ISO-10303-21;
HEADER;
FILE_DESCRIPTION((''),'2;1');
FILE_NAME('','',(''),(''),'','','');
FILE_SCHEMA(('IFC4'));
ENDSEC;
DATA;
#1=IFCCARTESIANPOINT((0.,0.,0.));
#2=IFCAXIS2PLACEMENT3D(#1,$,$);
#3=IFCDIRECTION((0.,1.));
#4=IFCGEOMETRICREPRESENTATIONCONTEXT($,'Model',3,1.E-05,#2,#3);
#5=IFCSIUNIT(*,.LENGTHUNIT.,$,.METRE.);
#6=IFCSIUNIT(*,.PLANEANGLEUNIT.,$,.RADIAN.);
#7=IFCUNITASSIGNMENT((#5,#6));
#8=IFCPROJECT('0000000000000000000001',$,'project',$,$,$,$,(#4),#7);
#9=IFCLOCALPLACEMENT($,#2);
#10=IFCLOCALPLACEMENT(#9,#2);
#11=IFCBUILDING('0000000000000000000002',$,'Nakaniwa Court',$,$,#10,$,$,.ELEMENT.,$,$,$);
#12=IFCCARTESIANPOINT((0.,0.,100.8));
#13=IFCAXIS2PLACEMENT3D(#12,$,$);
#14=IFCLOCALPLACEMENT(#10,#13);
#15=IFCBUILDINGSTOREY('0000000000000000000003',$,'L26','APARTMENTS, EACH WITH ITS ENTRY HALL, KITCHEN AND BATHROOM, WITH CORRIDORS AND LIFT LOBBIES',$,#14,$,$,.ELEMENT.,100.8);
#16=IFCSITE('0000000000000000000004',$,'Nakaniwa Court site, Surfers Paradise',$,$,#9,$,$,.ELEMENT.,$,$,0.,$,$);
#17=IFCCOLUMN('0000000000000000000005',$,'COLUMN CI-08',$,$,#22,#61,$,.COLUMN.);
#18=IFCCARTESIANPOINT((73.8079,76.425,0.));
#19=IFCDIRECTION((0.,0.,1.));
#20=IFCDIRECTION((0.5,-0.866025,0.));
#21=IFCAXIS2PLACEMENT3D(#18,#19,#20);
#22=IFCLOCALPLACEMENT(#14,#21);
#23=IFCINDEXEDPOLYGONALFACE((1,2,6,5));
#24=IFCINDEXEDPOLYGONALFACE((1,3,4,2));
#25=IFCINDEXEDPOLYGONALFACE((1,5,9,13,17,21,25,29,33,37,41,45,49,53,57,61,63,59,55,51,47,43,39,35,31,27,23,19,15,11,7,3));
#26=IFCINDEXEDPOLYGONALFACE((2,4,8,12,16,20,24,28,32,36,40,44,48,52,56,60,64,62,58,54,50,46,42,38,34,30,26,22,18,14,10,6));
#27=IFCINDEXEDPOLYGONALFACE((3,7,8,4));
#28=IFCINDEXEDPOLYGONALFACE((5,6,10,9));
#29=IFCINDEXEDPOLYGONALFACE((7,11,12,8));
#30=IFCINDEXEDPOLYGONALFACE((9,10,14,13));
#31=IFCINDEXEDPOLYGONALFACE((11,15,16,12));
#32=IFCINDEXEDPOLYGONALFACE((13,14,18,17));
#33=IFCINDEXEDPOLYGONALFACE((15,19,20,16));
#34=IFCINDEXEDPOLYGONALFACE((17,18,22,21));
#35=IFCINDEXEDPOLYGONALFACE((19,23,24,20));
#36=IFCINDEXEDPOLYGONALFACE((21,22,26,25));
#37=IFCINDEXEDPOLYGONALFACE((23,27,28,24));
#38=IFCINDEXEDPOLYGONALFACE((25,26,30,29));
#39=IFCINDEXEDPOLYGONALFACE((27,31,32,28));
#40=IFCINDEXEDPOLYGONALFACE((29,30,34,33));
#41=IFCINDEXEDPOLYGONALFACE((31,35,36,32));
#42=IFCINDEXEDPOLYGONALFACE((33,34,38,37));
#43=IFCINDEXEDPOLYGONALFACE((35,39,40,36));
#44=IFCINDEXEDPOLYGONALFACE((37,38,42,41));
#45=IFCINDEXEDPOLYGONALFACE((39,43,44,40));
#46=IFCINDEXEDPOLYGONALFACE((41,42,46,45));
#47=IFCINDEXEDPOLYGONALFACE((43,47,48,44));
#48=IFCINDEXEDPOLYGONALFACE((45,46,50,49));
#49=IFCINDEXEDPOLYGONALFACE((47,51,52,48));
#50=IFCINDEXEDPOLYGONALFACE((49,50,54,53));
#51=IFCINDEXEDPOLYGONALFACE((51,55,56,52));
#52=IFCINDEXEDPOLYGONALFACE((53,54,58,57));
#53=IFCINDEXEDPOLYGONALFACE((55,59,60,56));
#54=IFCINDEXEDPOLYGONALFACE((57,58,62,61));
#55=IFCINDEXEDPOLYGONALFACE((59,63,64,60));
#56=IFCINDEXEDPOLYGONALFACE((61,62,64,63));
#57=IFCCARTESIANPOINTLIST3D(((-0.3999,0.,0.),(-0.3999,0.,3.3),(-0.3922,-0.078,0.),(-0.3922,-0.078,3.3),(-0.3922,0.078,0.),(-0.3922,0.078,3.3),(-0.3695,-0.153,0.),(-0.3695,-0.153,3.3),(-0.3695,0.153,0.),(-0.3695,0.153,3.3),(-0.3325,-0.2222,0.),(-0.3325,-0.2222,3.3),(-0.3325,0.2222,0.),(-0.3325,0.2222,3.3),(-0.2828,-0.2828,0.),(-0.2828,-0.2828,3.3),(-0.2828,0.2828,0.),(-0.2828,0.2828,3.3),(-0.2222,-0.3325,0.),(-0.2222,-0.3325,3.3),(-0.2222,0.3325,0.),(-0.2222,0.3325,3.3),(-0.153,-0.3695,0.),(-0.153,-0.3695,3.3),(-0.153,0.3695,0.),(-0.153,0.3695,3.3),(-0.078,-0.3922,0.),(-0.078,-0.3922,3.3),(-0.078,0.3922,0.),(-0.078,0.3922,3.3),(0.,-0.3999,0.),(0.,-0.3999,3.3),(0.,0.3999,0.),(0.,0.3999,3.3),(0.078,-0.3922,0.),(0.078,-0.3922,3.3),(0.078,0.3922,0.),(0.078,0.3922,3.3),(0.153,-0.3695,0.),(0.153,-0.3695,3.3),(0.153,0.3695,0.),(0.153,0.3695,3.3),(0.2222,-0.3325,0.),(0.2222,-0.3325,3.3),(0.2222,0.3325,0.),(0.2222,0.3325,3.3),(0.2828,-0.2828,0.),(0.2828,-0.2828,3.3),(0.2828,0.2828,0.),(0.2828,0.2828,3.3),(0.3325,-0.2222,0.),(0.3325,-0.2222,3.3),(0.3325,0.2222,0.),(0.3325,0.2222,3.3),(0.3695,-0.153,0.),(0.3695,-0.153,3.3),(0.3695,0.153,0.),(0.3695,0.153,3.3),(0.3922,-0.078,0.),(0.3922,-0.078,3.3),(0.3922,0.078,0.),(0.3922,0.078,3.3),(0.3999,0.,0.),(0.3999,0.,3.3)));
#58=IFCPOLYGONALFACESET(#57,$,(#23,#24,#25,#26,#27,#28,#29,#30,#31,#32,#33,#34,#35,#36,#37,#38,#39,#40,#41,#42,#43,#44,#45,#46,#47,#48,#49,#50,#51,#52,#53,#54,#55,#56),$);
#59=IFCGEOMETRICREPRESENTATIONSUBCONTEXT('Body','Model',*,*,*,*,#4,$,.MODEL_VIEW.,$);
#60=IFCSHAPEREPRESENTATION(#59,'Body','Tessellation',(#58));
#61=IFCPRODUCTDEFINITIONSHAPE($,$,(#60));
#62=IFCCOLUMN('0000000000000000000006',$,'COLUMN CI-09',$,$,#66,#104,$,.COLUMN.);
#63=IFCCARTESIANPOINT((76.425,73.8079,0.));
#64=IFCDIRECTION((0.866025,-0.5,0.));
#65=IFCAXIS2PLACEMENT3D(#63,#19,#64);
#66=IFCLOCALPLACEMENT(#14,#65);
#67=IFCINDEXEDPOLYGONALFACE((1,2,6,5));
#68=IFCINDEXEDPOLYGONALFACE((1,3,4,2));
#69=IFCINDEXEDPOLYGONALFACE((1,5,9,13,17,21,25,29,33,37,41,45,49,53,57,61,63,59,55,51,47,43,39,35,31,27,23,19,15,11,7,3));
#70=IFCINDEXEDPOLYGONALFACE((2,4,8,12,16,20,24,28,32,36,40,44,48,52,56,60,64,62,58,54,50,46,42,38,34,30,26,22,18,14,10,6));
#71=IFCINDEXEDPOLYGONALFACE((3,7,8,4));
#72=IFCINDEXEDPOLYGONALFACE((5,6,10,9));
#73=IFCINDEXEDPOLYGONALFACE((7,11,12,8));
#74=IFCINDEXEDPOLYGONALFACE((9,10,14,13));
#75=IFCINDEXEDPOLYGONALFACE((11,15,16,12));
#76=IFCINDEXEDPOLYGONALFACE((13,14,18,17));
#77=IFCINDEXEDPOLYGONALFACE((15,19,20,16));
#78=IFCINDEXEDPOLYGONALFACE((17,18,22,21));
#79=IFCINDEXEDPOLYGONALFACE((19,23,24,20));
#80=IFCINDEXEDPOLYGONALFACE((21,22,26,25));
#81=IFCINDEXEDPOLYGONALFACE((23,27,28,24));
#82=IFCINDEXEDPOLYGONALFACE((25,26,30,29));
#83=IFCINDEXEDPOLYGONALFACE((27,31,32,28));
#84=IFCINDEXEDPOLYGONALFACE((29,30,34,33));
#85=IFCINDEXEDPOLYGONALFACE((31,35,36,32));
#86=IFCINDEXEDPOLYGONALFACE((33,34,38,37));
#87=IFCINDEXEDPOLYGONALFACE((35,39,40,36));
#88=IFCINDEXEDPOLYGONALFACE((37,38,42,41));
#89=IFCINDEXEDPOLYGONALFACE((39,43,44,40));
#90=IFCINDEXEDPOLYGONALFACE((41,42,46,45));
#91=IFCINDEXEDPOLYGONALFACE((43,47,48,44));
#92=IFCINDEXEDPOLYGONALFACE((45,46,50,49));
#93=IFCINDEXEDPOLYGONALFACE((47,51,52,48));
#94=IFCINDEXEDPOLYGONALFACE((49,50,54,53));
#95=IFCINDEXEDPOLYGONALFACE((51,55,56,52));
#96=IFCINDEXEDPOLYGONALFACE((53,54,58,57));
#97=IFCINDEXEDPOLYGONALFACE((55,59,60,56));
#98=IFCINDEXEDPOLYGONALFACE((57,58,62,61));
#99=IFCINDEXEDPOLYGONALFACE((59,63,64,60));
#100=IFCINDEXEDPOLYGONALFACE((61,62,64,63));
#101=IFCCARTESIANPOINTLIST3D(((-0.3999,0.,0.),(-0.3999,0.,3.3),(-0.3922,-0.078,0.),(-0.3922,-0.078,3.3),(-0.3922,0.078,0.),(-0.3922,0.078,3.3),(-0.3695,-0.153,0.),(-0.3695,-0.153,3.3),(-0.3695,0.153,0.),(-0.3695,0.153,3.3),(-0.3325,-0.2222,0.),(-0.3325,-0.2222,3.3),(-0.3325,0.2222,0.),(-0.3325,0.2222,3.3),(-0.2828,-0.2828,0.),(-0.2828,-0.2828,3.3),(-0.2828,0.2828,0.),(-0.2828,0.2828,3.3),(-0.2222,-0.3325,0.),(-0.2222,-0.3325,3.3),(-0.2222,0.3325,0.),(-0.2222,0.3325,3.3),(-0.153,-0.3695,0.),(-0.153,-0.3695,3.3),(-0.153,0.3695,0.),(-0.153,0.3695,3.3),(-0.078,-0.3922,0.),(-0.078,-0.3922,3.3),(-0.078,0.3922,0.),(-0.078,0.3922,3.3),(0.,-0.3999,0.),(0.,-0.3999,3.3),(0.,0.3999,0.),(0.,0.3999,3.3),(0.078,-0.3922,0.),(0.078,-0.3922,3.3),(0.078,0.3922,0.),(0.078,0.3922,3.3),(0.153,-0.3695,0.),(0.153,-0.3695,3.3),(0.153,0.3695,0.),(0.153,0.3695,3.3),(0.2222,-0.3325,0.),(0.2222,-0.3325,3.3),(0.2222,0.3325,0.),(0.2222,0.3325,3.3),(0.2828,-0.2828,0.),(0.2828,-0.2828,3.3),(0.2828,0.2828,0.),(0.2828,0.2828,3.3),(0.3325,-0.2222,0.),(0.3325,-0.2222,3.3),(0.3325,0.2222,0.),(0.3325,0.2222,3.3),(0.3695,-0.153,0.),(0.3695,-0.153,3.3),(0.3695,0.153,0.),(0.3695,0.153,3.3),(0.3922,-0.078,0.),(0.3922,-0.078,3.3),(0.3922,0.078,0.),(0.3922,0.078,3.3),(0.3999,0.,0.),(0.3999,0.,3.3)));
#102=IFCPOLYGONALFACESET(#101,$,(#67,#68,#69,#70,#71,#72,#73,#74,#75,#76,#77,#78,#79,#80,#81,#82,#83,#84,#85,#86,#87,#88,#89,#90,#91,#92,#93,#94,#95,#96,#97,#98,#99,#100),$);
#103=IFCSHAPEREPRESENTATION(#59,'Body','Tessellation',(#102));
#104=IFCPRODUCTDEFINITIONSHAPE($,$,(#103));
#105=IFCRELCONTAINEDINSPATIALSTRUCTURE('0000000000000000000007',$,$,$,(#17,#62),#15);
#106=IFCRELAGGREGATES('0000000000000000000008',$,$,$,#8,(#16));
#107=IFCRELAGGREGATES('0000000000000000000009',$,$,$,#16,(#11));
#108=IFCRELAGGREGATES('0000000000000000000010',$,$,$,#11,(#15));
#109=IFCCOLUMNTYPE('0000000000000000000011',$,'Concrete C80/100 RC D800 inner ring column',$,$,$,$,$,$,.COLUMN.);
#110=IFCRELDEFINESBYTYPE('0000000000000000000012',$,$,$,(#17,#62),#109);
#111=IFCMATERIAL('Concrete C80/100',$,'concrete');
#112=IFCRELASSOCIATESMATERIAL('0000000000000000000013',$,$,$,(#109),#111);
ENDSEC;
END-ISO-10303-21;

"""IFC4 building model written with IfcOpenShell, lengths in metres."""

from ifc_helpers import new_model, si_unit, direction, frame, origin, origin_2d, place, context, subcontext, project, spatial, circle, extrude, material, material_profile, profile_set, type_object, element, save


model = new_model("IFC4")

# Units and contexts
model_context = context("Model", 3, precision=1e-05, world=origin(), true_north=direction((0.0, 1.0)))
body_context = subcontext(model_context, "Body", "Model", "MODEL_VIEW")
ifc_project = project(units=[si_unit("LENGTHUNIT", "METRE"), si_unit("PLANEANGLEUNIT", "RADIAN")], contexts=[model_context])

# Site, building, storey
site_placement = place(None, origin())
site = spatial("IfcSite", under=ifc_project, at=site_placement, Name="Nakaniwa Court site, Surfers Paradise", CompositionType="ELEMENT", RefElevation=0.0)
building_placement = place(site_placement, origin())
building = spatial("IfcBuilding", under=site, at=building_placement, Name="Nakaniwa Court", CompositionType="ELEMENT")
storey_placement = place(building_placement, frame((0.0, 0.0, 100.8)))
storey = spatial("IfcBuildingStorey", under=building, at=storey_placement, Name="L26", Description="APARTMENTS, EACH WITH ITS ENTRY HALL, KITCHEN AND BATHROOM, WITH CORRIDORS AND LIFT LOBBIES", CompositionType="ELEMENT", Elevation=100.8)

# Columns
ifc_material_1 = material(Name="Concrete C80/100", Category="concrete")
ifc_material_profile_1 = material_profile(ifc_material_1, circle(Radius=0.3999, at=origin_2d()), Name="Concrete C80/100 RC D800 inner ring column")
ifc_profile_set_1 = profile_set([ifc_material_profile_1], Name="Concrete C80/100")
column_type_1 = type_object("IfcColumnType", Name="Concrete C80/100 RC D800 inner ring column", PredefinedType="COLUMN", material=ifc_profile_set_1)
for number, where, z_axis, x_axis, name in (
    (1, (73.8079, 76.425, 0.0), (0.0, 0.0, 1.0), (0.5, -0.866025, 0.0), "COLUMN CI-08"),
    (2, (76.425, 73.8079, 0.0), (0.0, 0.0, 1.0), (0.866025, -0.5, 0.0), "COLUMN CI-09"),
):
    element("IfcColumn", number, at=place(storey_placement, frame(where, z_axis=z_axis, x_axis=x_axis)), inside=storey, type_object=column_type_1, Name=name, PredefinedType="COLUMN", context=body_context, shape_type="SweptSolid", body=[
        extrude(circle(Radius=0.3999, at=origin_2d()), origin(), (0.0, 0.0, 1.0), 3.3),
    ])

save(model, "model.ifc")
